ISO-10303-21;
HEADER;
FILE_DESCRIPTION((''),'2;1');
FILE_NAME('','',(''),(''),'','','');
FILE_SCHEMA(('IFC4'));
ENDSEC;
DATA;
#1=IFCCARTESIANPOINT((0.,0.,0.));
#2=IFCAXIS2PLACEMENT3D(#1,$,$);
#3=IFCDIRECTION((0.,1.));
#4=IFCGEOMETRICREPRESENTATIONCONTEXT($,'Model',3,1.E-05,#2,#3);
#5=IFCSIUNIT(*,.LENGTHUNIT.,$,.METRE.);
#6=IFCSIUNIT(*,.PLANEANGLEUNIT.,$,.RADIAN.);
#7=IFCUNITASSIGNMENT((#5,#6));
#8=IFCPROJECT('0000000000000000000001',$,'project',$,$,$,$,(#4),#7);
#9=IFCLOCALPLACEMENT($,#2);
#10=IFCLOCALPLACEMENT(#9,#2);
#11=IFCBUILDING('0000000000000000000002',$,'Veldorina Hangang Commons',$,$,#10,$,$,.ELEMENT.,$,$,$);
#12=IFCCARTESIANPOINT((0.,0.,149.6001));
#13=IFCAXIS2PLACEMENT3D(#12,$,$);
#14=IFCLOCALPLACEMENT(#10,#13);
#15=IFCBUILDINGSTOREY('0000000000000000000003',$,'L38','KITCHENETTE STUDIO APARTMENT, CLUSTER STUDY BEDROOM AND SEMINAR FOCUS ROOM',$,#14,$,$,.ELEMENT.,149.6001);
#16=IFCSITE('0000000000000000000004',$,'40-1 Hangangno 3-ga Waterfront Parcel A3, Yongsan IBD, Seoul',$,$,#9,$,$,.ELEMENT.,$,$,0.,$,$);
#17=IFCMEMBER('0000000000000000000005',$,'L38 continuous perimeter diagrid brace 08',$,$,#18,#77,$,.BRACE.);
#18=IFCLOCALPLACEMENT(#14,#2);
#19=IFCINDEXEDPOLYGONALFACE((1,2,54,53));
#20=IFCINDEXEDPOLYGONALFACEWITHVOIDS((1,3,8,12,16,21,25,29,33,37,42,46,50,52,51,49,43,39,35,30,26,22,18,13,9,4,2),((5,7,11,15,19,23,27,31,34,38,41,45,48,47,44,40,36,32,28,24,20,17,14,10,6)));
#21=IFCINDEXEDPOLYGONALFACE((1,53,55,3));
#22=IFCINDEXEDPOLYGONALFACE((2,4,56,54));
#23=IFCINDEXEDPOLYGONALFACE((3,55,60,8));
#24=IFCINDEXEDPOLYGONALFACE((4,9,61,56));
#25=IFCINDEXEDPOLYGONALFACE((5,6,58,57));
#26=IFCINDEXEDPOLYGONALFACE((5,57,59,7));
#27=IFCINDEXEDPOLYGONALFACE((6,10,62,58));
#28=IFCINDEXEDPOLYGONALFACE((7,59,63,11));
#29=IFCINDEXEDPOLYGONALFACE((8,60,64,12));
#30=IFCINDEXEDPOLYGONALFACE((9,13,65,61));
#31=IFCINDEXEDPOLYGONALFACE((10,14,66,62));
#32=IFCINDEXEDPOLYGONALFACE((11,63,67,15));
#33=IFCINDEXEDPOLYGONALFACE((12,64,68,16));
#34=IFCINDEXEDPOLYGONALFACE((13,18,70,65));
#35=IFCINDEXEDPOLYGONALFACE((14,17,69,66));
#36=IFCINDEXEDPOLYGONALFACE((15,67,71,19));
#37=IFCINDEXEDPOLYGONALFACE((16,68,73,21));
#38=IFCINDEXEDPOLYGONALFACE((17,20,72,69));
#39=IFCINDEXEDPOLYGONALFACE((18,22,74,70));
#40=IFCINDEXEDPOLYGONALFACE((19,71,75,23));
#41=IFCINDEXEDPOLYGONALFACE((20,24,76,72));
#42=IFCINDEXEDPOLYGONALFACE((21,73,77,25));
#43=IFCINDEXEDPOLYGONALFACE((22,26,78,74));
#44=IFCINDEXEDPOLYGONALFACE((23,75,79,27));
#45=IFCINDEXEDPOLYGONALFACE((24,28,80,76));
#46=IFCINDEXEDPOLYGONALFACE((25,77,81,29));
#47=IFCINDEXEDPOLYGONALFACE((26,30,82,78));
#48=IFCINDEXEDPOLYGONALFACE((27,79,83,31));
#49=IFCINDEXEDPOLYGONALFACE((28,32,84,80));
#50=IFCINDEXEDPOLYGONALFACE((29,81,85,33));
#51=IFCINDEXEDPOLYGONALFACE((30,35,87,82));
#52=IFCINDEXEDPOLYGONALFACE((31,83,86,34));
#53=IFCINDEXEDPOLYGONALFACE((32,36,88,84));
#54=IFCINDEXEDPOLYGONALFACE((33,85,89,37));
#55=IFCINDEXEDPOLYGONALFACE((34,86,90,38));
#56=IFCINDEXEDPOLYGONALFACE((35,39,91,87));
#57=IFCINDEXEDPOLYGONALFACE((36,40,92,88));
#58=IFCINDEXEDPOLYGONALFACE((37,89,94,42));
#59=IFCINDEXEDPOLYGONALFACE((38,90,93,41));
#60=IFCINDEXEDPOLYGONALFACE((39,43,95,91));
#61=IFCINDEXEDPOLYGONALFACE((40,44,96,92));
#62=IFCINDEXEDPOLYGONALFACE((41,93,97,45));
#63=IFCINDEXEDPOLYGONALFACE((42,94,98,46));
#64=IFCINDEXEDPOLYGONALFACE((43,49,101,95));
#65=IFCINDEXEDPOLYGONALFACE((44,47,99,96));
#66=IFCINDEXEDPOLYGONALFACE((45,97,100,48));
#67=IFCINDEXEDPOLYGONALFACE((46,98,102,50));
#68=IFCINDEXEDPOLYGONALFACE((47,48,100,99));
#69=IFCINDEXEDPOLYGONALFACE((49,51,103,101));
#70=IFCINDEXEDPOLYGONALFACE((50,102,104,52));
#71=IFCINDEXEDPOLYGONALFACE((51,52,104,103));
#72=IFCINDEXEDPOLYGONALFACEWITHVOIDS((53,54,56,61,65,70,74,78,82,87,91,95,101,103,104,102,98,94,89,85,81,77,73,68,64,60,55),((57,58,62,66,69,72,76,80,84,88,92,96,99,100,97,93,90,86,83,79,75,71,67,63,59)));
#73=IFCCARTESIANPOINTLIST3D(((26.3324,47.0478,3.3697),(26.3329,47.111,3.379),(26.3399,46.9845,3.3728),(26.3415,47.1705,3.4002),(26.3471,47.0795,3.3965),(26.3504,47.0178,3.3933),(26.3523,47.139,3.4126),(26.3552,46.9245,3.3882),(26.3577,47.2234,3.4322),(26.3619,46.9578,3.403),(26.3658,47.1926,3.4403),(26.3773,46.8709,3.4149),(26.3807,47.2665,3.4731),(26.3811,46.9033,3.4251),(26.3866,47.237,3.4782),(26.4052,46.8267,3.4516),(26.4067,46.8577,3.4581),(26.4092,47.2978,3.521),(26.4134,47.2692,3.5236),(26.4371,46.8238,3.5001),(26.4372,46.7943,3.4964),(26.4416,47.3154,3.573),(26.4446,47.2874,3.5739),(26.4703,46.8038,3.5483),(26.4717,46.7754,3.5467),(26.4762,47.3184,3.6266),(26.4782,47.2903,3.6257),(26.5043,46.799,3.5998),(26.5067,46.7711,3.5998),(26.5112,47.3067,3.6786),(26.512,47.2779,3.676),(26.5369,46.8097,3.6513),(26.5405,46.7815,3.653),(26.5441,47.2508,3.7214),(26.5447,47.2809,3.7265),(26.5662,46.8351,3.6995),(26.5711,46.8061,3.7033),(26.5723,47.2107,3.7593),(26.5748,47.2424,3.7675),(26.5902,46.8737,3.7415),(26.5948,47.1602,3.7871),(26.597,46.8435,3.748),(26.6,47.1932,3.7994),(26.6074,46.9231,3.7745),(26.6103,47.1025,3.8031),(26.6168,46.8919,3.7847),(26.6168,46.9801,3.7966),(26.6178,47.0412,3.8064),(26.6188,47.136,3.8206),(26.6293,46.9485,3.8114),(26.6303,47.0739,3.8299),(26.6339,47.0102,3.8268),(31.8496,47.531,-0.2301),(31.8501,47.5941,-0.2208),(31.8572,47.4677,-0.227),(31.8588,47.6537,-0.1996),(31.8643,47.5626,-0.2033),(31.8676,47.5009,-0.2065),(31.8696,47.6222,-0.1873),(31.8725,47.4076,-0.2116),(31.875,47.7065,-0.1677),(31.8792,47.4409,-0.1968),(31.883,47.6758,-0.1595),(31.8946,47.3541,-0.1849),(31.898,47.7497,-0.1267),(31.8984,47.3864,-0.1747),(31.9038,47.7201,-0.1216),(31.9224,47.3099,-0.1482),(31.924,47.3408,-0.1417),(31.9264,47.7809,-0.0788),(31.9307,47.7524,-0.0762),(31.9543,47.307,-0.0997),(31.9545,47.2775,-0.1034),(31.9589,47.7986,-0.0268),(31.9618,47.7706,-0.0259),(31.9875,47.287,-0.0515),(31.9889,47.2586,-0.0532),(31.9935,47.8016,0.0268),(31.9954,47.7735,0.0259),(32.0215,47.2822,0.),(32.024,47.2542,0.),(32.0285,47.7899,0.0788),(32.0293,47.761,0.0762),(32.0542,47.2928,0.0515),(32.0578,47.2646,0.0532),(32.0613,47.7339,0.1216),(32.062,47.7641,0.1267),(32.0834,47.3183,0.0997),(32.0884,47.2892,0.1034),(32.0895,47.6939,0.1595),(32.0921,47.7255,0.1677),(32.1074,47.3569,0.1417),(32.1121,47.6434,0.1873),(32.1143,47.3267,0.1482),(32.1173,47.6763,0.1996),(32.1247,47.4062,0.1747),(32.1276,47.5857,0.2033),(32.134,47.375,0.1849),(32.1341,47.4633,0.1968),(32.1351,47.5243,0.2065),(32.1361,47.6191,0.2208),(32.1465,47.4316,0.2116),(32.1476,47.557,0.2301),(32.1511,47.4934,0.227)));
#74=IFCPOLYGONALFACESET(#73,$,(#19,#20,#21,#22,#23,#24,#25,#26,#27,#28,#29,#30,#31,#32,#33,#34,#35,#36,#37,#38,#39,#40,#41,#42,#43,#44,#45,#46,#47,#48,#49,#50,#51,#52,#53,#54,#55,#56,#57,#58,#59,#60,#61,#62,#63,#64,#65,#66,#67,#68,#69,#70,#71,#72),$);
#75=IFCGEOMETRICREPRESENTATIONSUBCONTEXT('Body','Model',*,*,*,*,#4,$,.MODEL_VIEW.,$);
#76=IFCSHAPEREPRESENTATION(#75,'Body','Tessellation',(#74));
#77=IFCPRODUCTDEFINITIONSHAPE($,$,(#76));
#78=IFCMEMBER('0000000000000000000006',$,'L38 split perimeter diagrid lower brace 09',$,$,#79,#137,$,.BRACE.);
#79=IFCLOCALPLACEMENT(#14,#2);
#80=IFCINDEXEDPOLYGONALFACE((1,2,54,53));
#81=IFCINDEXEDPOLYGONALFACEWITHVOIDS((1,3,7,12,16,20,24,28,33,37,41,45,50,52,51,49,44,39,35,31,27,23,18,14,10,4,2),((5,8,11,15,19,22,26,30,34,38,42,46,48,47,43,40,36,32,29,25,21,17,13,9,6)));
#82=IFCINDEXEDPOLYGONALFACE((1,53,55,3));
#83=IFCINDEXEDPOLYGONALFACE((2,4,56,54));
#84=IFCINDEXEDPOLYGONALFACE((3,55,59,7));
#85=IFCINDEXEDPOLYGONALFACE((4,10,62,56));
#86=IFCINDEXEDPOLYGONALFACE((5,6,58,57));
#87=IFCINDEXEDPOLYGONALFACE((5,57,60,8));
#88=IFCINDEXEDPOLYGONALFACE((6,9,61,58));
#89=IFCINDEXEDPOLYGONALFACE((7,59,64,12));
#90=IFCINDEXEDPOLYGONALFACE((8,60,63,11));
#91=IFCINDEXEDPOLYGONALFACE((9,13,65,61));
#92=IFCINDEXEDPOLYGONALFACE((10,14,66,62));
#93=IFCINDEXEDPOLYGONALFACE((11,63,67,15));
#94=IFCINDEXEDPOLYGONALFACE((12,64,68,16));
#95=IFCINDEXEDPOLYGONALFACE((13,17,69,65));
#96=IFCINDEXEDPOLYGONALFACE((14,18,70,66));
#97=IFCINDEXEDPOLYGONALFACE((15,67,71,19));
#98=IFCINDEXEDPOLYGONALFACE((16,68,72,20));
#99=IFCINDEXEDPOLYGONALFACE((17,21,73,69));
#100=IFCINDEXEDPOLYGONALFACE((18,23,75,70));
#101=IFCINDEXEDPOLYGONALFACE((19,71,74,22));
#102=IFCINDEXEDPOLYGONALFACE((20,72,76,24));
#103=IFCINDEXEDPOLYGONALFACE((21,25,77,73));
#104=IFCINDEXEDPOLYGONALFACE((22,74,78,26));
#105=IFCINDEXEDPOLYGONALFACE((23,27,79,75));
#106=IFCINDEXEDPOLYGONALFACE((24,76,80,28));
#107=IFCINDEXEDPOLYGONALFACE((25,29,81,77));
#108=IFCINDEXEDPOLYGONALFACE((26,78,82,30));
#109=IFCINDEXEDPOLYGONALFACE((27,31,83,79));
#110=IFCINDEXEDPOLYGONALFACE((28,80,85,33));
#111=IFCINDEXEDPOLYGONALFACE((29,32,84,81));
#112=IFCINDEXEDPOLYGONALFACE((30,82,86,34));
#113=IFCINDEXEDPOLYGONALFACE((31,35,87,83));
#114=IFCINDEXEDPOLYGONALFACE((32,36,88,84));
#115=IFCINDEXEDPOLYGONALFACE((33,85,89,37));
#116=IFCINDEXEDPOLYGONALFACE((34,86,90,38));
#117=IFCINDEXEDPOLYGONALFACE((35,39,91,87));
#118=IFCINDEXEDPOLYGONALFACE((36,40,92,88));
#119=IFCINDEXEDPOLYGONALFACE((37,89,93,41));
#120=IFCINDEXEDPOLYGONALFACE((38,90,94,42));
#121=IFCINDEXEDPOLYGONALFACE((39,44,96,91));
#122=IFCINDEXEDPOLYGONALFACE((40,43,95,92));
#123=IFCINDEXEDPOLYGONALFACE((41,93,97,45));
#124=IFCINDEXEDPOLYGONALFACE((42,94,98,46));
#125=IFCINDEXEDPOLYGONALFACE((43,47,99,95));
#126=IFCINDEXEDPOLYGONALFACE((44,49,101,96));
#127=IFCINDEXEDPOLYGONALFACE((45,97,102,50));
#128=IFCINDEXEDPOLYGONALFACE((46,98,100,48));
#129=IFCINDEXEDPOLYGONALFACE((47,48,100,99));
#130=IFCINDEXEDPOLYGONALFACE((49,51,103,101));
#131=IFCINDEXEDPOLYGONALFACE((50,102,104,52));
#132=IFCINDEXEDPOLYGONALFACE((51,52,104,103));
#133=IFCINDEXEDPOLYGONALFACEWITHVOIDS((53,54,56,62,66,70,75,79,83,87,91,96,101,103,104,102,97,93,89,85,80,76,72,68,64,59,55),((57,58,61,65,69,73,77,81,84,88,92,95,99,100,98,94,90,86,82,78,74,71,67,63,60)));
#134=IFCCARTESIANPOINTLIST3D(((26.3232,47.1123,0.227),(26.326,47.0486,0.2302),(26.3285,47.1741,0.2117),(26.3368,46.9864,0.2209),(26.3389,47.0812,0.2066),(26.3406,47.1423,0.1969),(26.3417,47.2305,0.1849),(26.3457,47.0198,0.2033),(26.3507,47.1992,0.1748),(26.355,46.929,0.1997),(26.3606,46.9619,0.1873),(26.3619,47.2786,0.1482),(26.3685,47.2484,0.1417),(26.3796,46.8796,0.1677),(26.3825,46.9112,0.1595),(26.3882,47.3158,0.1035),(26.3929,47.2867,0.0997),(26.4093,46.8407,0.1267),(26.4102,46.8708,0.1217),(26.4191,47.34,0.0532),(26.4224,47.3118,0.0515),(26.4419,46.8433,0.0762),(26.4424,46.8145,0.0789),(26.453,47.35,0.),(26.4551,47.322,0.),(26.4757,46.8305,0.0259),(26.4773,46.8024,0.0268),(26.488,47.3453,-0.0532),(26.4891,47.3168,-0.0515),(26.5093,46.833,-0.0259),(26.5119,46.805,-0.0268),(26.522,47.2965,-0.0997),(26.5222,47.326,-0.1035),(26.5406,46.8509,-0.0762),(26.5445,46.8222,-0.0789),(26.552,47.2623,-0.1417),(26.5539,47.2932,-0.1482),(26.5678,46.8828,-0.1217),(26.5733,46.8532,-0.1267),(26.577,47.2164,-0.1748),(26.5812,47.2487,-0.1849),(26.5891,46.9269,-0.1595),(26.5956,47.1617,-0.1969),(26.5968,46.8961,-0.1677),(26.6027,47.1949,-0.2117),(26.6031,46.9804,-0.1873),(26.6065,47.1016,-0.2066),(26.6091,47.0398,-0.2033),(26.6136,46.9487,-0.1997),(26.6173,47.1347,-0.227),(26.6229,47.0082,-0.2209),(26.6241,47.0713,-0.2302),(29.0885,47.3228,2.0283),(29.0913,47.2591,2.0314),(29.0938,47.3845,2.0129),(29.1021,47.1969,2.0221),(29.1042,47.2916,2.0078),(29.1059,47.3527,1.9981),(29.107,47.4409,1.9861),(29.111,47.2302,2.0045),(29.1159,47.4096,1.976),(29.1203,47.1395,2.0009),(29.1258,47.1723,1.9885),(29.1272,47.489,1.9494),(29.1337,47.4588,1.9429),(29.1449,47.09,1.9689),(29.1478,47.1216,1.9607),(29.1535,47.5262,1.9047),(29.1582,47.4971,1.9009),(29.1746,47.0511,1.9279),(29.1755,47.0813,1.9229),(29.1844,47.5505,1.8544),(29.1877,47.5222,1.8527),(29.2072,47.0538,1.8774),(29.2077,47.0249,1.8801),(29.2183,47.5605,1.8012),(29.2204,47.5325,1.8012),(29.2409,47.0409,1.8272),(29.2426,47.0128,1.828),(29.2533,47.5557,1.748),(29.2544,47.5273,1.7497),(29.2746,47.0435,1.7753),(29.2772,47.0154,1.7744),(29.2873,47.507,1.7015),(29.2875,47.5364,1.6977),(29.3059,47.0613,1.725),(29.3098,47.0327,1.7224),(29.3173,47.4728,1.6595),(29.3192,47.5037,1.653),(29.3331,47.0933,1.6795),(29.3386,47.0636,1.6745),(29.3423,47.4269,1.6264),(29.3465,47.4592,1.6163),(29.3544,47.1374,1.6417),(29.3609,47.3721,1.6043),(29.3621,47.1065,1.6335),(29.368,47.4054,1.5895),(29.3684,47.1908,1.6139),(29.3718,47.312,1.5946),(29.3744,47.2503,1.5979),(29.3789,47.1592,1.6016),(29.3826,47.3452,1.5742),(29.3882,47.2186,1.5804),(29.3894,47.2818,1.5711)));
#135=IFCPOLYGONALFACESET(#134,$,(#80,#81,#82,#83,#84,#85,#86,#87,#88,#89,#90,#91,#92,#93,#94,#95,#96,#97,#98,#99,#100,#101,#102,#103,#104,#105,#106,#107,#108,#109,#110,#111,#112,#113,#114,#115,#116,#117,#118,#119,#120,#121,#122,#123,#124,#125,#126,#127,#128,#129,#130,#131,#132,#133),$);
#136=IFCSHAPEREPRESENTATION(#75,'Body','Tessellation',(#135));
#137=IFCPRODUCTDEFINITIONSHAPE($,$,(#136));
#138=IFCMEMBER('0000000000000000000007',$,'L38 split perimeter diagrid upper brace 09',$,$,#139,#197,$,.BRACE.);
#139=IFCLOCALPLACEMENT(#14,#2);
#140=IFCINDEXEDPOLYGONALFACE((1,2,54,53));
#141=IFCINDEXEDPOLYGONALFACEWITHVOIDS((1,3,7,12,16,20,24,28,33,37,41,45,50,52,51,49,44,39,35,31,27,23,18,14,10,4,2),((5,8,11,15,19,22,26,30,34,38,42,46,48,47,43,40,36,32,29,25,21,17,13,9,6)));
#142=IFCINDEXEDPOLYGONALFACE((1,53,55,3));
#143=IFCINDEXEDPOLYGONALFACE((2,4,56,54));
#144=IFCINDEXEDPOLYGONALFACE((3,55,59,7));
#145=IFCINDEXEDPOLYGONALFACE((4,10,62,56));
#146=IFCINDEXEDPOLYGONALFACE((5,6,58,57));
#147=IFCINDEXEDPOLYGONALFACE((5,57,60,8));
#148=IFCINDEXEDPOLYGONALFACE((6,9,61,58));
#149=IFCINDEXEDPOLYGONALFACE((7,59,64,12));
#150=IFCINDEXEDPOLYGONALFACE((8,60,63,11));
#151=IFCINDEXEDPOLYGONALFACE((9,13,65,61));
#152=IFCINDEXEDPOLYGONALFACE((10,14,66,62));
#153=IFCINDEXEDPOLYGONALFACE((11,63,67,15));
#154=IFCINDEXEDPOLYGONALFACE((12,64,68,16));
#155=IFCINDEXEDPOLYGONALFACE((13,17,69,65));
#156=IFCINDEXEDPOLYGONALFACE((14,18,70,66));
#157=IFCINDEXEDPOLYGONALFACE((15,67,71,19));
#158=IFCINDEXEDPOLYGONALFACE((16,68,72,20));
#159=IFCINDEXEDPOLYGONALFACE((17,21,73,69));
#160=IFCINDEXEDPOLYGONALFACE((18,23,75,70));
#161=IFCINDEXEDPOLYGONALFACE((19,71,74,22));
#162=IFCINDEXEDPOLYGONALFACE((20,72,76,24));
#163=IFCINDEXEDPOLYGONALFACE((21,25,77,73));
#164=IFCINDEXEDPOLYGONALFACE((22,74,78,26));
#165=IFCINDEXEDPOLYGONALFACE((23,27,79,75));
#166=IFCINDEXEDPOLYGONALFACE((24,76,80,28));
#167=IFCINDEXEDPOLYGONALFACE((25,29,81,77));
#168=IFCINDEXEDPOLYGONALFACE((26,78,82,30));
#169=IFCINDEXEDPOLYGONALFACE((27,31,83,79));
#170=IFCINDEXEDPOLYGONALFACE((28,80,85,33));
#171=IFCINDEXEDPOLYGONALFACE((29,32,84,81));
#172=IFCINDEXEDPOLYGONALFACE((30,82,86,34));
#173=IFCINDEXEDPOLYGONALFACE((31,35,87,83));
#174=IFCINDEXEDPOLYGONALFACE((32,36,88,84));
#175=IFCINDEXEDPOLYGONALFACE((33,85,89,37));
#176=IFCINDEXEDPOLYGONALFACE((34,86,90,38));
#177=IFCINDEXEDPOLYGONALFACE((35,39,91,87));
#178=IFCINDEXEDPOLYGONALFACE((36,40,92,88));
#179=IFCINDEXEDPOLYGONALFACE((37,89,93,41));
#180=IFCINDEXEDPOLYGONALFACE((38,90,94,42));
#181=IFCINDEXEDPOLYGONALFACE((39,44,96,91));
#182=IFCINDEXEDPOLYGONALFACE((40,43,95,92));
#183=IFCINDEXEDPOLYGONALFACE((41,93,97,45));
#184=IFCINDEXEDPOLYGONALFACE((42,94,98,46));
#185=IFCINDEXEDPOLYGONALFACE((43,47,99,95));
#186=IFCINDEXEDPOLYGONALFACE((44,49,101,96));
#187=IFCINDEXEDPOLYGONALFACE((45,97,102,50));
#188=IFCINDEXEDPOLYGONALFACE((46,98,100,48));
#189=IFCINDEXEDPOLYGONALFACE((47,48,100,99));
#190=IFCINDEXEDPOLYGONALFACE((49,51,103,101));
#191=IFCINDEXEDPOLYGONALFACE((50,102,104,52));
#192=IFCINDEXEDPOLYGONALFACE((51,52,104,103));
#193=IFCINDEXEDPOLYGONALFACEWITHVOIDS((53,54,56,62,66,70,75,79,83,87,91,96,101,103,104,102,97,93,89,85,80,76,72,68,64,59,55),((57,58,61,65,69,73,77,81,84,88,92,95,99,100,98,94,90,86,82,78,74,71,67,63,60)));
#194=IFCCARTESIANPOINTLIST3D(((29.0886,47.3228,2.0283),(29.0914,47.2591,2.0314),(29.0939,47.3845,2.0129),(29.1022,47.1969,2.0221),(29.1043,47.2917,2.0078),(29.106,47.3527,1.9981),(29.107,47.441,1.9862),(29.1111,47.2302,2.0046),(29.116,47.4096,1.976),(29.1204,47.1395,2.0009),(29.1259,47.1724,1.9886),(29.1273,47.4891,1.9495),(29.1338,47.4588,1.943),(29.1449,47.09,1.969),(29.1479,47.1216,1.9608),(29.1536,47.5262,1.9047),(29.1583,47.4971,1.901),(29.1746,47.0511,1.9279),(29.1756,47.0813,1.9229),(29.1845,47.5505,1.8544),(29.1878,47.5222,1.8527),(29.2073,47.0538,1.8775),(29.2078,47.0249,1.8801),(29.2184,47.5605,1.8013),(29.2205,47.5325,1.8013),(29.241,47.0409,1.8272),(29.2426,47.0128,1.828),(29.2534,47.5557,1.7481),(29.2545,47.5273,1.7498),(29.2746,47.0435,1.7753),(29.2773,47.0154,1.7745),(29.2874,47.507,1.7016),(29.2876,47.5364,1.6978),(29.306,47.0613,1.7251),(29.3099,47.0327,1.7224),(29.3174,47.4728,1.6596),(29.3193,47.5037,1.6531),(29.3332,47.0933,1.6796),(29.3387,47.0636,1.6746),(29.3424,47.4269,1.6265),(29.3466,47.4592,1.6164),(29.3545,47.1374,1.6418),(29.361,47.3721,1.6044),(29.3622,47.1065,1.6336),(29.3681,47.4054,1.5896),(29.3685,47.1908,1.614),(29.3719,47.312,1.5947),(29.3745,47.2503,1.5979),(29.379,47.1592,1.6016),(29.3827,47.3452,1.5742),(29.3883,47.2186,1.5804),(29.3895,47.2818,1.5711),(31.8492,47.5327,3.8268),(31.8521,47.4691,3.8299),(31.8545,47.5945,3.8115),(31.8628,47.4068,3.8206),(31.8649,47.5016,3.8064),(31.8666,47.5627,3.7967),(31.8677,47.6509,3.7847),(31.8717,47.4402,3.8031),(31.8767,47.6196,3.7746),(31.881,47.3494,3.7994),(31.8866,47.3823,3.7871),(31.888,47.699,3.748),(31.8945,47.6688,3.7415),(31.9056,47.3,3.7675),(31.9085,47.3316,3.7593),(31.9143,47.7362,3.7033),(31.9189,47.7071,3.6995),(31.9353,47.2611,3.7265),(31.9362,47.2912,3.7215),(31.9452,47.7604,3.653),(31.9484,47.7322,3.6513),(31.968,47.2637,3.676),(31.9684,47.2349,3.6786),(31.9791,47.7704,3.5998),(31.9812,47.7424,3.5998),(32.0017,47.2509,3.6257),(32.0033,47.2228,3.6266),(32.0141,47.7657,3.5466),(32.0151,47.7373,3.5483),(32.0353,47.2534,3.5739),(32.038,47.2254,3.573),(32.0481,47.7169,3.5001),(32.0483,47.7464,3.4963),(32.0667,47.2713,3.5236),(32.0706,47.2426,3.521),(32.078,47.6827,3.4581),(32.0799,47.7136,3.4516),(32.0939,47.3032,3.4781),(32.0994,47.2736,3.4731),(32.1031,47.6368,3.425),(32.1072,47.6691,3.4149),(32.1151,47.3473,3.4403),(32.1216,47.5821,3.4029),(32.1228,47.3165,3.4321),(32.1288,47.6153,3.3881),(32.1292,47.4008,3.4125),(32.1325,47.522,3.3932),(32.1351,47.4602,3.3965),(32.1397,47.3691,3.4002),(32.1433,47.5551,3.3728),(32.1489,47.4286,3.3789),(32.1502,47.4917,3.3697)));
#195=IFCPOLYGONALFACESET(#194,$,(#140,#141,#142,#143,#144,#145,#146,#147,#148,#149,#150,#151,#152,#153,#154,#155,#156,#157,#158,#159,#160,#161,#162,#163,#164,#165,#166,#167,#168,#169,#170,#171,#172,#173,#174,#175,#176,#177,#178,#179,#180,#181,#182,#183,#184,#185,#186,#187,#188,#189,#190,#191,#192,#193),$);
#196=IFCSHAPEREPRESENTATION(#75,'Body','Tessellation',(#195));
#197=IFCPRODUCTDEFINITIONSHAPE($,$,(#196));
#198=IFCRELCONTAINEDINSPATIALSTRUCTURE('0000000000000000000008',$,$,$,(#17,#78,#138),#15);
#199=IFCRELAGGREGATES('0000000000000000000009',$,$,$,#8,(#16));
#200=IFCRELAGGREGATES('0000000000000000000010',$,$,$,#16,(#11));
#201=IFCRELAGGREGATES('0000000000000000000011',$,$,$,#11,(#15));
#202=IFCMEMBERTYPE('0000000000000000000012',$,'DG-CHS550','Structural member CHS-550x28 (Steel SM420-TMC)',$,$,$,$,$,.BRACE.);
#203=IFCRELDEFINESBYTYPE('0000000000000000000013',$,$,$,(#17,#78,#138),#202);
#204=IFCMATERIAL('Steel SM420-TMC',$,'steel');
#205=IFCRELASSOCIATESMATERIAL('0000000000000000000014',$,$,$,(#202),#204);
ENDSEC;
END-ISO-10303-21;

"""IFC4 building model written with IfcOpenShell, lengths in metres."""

from ifc_helpers import new_model, si_unit, direction, frame, origin, origin_2d, place, context, subcontext, project, spatial, hollow_circle, extrude, material, material_profile, profile_set, type_object, element, save


model = new_model("IFC4")

# Units and contexts
model_context = context("Model", 3, precision=1e-05, world=origin(), true_north=direction((0.0, 1.0)))
body_context = subcontext(model_context, "Body", "Model", "MODEL_VIEW")
ifc_project = project(units=[si_unit("LENGTHUNIT", "METRE"), si_unit("PLANEANGLEUNIT", "RADIAN")], contexts=[model_context])

# Site, building, storey
site_placement = place(None, origin())
site = spatial("IfcSite", under=ifc_project, at=site_placement, Name="40-1 Hangangno 3-ga Waterfront Parcel A3, Yongsan IBD, Seoul", CompositionType="ELEMENT", RefElevation=0.0)
building_placement = place(site_placement, origin())
building = spatial("IfcBuilding", under=site, at=building_placement, Name="Veldorina Hangang Commons", CompositionType="ELEMENT")
storey_placement = place(building_placement, frame((0.0, 0.0, 149.6001)))
storey = spatial("IfcBuildingStorey", under=building, at=storey_placement, Name="L38", Description="KITCHENETTE STUDIO APARTMENT, CLUSTER STUDY BEDROOM AND SEMINAR FOCUS ROOM", CompositionType="ELEMENT", Elevation=149.6001)

# Shared definitions
ifc_material_1 = material(Name="Steel SM420-TMC", Category="steel")

# Members
ifc_material_profile_1 = material_profile(ifc_material_1, hollow_circle(Radius=0.2749, WallThickness=0.0281, at=origin_2d()), Name="CHS-550x28")
ifc_profile_set_1 = profile_set([ifc_material_profile_1], Name="Steel SM420-TMC")
member_type = type_object("IfcMemberType", Name="DG-CHS550", Description="Structural member CHS-550x28 (Steel SM420-TMC)", PredefinedType="BRACE", material=ifc_profile_set_1)
member_1_placement = place(storey_placement, frame((32.0, 47.5281, 0.0), z_axis=(-0.835257, -0.073144, 0.544974), x_axis=(0.087236, -0.996188, 0.0)))
element("IfcMember", 1, at=member_1_placement, inside=storey, type_object=member_type, Name="L38 continuous perimeter diagrid brace 08", PredefinedType="BRACE", context=body_context, shape_type="SweptSolid", body=[
    extrude(hollow_circle(Radius=0.2749, WallThickness=0.0281, at=origin_2d()), origin(), (0.0, 0.0, 1.0), 6.6055),
])
member_2_placement = place(storey_placement, frame((26.4739, 47.0759, 0.0), z_axis=(0.836223, 0.063638, 0.544685), x_axis=(-0.075882, 0.997117, 0.0)))
element("IfcMember", 2, at=member_2_placement, inside=storey, type_object=member_type, Name="L38 split perimeter diagrid lower brace 09", PredefinedType="BRACE", context=body_context, shape_type="SweptSolid", body=[
    extrude(hollow_circle(Radius=0.2749, WallThickness=0.0281, at=origin_2d()), origin(), (0.0, 0.0, 1.0), 3.3069),
])
member_3_placement = place(storey_placement, frame((29.2393, 47.2864, 1.8013), z_axis=(0.836178, 0.063593, 0.544758), x_axis=(-0.075833, 0.997121, 0.0)))
element("IfcMember", 3, at=member_3_placement, inside=storey, type_object=member_type, Name="L38 split perimeter diagrid upper brace 09", PredefinedType="BRACE", context=body_context, shape_type="SweptSolid", body=[
    extrude(hollow_circle(Radius=0.2749, WallThickness=0.0281, at=origin_2d()), origin(), (0.0, 0.0, 1.0), 3.3015),
])

save(model, "model.ifc")
